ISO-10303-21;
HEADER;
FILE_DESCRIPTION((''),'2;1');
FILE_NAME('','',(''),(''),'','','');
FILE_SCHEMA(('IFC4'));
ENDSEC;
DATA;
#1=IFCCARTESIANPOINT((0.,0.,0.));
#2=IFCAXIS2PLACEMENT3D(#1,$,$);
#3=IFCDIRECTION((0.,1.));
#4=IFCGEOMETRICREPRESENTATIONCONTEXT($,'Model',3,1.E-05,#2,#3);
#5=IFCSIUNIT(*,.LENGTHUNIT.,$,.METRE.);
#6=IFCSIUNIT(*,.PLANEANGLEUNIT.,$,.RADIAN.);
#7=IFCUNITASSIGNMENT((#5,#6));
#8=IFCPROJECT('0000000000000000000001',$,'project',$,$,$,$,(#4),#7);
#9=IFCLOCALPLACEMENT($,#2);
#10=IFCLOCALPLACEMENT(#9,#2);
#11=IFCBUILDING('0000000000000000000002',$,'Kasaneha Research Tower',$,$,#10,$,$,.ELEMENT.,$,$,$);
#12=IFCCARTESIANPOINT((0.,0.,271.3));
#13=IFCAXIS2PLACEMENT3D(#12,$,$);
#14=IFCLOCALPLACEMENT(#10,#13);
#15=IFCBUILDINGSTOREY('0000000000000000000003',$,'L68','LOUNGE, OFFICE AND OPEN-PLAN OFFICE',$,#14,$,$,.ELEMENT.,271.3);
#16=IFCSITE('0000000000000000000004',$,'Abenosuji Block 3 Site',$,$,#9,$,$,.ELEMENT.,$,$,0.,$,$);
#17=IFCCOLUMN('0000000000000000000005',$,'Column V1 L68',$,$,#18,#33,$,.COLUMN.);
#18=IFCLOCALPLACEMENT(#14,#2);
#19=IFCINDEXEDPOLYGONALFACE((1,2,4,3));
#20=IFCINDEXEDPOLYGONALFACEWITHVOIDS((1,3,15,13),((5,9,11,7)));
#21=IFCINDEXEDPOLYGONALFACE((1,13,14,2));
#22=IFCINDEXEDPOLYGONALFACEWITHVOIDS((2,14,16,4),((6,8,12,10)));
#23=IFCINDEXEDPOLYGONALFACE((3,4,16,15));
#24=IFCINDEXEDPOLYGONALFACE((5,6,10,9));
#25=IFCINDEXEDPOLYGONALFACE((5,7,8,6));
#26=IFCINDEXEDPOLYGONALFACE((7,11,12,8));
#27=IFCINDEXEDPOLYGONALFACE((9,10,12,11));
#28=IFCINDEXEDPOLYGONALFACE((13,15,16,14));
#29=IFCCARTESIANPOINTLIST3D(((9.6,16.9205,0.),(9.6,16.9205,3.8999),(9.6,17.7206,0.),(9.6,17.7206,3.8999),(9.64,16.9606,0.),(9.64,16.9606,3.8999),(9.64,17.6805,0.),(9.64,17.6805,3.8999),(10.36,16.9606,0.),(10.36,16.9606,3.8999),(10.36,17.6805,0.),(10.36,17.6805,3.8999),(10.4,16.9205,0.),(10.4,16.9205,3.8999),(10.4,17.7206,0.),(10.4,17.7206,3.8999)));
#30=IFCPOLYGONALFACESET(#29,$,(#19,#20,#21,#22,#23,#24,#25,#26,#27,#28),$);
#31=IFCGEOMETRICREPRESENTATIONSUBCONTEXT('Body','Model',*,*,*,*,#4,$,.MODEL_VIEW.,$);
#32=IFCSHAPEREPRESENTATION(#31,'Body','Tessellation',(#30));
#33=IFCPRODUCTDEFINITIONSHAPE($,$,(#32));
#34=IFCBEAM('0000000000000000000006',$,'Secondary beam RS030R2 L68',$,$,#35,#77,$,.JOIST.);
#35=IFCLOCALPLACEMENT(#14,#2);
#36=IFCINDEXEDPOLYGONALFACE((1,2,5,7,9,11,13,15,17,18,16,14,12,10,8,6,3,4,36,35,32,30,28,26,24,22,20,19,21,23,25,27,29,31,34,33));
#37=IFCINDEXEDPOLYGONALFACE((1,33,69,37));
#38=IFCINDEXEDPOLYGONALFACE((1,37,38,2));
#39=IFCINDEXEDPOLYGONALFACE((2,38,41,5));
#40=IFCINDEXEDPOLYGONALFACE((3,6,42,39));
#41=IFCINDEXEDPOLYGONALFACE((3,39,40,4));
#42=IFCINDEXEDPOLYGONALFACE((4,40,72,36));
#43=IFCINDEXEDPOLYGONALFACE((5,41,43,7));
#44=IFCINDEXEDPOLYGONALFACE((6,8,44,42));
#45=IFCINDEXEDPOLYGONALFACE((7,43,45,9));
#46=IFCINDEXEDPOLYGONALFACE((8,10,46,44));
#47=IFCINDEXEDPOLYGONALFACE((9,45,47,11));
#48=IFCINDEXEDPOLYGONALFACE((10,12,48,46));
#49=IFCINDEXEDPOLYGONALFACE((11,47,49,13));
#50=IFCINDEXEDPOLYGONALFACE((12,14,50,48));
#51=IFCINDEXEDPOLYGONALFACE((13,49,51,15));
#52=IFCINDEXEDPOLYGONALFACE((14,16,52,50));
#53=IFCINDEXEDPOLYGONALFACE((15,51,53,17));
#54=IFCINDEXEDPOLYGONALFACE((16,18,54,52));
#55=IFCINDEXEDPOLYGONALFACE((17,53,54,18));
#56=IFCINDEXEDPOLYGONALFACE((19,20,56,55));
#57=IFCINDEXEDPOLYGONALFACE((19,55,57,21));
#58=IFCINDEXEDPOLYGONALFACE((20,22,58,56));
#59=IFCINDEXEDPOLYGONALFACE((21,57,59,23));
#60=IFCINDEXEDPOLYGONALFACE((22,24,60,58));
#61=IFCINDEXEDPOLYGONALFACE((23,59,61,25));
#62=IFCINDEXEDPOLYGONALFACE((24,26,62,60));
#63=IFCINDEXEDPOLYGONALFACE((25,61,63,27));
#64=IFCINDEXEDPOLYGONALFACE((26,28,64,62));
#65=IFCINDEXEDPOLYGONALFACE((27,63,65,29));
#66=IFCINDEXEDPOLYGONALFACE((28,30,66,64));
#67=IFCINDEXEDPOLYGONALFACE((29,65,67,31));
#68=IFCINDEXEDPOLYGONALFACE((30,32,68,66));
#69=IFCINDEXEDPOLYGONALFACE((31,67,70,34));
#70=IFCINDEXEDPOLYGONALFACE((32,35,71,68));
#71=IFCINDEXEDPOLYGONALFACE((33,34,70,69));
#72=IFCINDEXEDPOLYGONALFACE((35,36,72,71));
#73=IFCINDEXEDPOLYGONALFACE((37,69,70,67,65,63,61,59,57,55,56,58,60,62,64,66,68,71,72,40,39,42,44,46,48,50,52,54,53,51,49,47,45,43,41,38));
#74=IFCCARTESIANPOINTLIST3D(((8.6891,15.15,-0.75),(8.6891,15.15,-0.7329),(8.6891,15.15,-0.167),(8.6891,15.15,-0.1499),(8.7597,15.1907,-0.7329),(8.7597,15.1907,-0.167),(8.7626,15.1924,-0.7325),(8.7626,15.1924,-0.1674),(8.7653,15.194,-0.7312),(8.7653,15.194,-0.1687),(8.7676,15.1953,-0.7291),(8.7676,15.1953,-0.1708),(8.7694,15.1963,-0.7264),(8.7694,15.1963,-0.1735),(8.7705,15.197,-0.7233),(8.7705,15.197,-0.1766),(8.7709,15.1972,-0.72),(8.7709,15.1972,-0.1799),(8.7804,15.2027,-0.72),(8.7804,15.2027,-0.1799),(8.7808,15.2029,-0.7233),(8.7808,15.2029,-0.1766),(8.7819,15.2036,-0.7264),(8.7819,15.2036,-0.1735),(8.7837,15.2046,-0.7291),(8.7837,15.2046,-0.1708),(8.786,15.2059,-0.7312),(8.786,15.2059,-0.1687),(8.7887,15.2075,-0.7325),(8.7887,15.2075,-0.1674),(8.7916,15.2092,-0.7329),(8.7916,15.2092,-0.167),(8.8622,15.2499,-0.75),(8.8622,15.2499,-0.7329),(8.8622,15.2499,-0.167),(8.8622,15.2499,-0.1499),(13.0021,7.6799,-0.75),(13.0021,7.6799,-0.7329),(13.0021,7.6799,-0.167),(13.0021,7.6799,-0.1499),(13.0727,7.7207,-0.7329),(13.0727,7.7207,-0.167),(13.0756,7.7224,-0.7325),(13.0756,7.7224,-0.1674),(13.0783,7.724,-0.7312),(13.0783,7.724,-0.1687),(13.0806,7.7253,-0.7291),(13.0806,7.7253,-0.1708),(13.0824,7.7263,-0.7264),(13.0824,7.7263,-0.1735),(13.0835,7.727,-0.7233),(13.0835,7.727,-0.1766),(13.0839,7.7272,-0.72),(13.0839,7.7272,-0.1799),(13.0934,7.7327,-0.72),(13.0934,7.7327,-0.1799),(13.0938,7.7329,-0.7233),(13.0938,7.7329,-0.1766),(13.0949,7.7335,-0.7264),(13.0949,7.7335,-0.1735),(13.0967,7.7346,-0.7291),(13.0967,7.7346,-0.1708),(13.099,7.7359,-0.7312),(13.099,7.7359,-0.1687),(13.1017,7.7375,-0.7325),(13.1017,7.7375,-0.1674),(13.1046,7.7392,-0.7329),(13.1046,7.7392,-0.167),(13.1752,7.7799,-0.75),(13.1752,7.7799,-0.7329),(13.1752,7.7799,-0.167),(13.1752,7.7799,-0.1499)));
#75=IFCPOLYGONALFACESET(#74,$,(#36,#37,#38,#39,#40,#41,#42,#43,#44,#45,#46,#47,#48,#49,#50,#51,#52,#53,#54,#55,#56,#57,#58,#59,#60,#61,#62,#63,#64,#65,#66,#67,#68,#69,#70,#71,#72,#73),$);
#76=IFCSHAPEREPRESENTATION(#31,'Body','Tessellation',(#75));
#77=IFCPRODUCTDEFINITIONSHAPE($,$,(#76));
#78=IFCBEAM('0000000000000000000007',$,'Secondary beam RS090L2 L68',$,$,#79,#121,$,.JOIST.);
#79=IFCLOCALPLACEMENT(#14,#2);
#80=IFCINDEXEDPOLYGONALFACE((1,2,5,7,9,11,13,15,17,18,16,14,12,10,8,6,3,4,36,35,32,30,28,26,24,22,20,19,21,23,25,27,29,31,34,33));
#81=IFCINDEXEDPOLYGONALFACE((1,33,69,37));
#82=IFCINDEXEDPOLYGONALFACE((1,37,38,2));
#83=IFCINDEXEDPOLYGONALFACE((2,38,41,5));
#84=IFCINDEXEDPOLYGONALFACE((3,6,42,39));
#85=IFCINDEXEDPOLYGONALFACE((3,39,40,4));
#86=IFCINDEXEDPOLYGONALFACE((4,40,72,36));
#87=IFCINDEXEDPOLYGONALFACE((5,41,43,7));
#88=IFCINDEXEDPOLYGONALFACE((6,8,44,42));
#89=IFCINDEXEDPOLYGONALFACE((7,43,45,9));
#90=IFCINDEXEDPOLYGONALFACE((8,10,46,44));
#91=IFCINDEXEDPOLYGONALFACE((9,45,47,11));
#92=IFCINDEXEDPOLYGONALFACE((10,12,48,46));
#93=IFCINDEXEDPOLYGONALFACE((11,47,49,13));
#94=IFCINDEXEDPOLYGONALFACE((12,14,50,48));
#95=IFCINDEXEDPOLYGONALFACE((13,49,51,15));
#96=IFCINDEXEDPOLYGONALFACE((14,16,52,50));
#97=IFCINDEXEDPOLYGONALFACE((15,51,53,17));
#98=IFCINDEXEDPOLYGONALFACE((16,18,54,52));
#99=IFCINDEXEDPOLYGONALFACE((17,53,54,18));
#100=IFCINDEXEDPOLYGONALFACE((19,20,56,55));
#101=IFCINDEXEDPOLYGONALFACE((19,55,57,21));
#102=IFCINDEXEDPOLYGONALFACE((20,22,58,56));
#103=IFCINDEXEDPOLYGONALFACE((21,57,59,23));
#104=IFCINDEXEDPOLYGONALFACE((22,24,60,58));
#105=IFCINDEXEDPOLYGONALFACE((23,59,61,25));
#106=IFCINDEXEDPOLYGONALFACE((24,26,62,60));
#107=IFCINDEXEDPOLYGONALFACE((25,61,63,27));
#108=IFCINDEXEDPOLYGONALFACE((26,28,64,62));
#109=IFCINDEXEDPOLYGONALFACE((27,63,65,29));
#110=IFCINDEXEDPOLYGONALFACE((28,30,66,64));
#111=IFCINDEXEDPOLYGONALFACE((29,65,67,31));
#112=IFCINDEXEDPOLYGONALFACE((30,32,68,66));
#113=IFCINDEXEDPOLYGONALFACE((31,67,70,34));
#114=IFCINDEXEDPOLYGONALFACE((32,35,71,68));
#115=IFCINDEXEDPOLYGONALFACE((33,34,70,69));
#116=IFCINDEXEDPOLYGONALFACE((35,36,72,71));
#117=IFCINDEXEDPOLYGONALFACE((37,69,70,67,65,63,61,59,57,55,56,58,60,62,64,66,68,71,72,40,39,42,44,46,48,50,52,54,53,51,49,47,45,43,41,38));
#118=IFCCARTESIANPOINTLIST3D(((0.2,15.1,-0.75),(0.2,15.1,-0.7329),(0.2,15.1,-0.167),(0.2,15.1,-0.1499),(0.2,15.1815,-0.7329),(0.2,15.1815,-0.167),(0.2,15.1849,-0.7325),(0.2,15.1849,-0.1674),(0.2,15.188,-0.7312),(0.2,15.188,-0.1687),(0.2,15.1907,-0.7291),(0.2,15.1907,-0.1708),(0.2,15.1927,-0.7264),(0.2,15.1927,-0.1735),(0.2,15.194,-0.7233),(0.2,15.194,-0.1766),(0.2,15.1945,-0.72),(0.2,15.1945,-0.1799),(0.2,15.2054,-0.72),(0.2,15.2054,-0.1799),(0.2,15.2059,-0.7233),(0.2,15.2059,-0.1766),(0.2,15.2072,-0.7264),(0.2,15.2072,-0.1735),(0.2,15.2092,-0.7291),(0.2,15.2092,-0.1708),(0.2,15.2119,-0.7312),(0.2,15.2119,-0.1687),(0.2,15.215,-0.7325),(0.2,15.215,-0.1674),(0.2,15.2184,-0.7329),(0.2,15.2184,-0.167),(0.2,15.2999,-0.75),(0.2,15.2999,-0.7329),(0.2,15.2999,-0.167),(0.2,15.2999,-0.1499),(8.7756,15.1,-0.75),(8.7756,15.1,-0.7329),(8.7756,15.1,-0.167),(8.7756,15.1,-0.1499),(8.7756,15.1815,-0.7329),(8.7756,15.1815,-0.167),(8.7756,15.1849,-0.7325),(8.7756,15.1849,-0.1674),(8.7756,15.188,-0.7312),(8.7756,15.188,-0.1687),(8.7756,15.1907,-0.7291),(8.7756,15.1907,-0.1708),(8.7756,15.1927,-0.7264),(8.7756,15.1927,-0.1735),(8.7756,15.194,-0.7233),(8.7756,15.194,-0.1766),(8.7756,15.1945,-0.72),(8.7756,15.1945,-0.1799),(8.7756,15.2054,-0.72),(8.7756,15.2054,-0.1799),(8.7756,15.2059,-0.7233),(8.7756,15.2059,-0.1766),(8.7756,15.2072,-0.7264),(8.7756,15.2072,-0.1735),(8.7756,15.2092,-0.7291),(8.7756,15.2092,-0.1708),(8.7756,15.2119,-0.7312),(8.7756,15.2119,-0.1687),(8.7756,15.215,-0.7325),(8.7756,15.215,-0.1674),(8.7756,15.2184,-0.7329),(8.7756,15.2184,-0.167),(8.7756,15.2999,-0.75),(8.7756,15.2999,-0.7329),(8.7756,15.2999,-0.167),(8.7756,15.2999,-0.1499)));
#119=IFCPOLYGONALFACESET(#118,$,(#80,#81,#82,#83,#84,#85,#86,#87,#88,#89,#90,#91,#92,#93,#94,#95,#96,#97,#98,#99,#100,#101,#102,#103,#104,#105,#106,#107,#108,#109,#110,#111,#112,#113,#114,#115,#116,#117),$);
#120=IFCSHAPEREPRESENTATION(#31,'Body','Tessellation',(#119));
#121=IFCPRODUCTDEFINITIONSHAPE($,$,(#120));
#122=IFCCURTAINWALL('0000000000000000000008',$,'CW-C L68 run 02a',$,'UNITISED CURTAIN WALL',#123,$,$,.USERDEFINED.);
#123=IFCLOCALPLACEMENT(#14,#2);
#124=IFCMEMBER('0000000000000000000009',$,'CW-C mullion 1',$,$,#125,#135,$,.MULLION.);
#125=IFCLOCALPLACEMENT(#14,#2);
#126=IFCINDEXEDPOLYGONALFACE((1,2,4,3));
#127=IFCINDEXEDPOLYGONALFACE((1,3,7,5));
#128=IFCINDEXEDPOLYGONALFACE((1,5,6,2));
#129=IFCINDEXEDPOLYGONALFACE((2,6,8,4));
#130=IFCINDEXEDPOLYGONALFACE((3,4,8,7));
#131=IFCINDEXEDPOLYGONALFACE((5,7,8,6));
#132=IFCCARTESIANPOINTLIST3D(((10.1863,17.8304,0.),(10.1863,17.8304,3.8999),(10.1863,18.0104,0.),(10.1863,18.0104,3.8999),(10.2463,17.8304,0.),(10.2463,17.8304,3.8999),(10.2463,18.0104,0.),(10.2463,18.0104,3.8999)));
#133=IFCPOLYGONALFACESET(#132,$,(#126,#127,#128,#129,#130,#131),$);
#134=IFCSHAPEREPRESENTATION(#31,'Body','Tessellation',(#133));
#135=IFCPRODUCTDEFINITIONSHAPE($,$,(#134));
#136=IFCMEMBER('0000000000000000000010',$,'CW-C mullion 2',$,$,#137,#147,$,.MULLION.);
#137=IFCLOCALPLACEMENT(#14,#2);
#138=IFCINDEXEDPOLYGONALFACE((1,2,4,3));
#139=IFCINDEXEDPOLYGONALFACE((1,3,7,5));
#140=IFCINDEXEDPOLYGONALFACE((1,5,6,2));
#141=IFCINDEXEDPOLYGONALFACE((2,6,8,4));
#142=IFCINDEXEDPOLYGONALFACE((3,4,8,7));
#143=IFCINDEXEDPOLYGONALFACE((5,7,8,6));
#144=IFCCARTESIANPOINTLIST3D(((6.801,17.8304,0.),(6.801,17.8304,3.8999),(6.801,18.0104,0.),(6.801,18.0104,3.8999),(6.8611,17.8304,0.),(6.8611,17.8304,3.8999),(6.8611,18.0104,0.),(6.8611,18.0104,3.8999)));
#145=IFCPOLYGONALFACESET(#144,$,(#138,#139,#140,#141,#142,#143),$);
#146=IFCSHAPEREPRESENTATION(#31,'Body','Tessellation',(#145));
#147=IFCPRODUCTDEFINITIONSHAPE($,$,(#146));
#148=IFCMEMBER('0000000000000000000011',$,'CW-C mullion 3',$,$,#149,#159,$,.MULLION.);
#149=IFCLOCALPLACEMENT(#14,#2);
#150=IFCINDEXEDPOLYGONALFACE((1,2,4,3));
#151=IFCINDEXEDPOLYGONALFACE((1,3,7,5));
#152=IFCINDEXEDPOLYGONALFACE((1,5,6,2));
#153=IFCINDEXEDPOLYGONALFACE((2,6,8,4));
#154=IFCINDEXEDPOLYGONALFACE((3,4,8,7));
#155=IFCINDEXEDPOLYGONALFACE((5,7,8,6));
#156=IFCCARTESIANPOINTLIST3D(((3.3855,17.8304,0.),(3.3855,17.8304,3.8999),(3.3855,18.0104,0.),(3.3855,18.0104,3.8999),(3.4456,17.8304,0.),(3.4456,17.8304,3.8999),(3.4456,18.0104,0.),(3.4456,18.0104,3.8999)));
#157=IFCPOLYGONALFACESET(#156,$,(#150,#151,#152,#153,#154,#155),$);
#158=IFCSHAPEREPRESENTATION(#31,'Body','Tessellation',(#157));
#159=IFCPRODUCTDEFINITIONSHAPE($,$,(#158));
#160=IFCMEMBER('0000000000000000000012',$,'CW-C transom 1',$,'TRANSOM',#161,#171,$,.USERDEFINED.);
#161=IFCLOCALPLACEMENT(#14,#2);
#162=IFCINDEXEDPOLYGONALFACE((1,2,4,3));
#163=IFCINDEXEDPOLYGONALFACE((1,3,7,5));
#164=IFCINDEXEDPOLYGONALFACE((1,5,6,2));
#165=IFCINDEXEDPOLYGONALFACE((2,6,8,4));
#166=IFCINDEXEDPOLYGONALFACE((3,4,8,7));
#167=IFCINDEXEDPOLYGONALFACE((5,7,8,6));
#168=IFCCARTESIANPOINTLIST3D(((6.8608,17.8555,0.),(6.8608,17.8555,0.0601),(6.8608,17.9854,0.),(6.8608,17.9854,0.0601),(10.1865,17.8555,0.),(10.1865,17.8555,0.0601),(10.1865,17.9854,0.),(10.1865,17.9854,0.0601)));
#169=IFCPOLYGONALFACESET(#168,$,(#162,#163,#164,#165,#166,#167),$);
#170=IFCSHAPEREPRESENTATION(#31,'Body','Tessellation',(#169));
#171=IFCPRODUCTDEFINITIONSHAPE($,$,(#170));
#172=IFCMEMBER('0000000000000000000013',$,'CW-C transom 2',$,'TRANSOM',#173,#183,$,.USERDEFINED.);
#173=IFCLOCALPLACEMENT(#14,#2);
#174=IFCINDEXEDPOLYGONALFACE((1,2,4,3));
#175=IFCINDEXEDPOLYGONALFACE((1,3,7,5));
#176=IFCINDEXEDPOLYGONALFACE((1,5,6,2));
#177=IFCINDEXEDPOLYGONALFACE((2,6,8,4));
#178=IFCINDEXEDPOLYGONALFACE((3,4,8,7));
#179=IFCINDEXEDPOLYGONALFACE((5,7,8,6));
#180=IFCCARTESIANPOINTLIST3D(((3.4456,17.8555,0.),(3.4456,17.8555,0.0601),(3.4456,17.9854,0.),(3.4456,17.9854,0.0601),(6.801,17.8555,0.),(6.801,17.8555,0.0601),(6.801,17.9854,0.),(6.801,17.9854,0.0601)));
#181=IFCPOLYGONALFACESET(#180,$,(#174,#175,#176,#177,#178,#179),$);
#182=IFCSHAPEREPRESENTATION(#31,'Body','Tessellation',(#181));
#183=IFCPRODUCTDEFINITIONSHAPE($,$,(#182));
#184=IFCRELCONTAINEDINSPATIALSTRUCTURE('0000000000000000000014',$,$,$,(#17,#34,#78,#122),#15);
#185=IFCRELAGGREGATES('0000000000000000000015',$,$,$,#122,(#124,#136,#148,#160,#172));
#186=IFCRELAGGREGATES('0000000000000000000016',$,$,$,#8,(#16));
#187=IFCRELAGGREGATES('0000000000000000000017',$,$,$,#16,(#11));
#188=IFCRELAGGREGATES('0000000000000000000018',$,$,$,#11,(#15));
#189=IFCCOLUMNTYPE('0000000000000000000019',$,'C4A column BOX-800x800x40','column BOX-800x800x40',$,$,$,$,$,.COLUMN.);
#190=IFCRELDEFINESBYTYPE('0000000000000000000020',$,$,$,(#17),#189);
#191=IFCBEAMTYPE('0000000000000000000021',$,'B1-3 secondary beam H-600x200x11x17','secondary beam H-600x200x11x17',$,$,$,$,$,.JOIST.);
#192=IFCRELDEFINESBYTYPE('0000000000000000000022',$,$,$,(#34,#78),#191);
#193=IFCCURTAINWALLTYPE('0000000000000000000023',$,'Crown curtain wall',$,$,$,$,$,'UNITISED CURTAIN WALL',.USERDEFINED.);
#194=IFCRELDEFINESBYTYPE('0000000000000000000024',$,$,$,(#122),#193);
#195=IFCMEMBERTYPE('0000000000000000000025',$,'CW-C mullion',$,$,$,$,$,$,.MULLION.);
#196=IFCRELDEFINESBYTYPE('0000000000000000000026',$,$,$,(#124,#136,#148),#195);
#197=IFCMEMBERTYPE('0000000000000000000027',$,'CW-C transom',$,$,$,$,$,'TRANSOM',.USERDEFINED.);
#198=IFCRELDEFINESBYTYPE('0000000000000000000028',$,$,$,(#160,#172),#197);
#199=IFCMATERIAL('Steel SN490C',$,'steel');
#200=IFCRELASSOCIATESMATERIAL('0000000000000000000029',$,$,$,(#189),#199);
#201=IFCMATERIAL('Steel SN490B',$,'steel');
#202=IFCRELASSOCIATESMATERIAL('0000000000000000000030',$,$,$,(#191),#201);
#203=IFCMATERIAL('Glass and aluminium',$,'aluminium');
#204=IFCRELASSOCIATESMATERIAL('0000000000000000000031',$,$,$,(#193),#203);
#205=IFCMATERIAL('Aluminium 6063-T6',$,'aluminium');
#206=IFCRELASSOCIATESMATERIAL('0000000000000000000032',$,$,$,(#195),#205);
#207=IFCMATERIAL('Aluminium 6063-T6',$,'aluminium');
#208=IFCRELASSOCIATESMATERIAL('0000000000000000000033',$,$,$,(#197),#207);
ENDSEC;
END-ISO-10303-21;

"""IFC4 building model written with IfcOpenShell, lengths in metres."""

from ifc_helpers import new_model, si_unit, direction, frame, origin, origin_2d, place, context, subcontext, project, spatial, rectangle, hollow_rectangle, i_section, extrude, material, material_profile, profile_set, type_object, element, aggregate, save


model = new_model("IFC4")

# Units and contexts
model_context = context("Model", 3, precision=1e-05, world=origin(), true_north=direction((0.0, 1.0)))
body_context = subcontext(model_context, "Body", "Model", "MODEL_VIEW")
ifc_project = project(units=[si_unit("LENGTHUNIT", "METRE"), si_unit("PLANEANGLEUNIT", "RADIAN")], contexts=[model_context])

# Site, building, storey
site_placement = place(None, origin())
site = spatial("IfcSite", under=ifc_project, at=site_placement, Name="Abenosuji Block 3 Site", CompositionType="ELEMENT", RefElevation=0.0)
building_placement = place(site_placement, origin())
building = spatial("IfcBuilding", under=site, at=building_placement, Name="Kasaneha Research Tower", CompositionType="ELEMENT")
storey_placement = place(building_placement, frame((0.0, 0.0, 271.3)))
storey = spatial("IfcBuildingStorey", under=building, at=storey_placement, Name="L68", Description="LOUNGE, OFFICE AND OPEN-PLAN OFFICE", CompositionType="ELEMENT", Elevation=271.3)

# Column
ifc_material_1 = material(Name="Steel SN490C", Category="steel")
ifc_material_profile_1 = material_profile(ifc_material_1, hollow_rectangle(XDim=0.8, YDim=0.8, WallThickness=0.04, at=origin_2d()), Name="BOX-800x800x40")
ifc_profile_set_1 = profile_set([ifc_material_profile_1], Name="Steel SN490C")
column_type = type_object("IfcColumnType", Name="C4A column BOX-800x800x40", Description="column BOX-800x800x40", PredefinedType="COLUMN", material=ifc_profile_set_1)
column_placement = place(storey_placement, frame((10.0, 17.3206, 0.0), z_axis=(0.0, 0.0, 1.0), x_axis=(1.0, 0.0, 0.0)))
element("IfcColumn", 1, at=column_placement, inside=storey, type_object=column_type, Name="Column V1 L68", PredefinedType="COLUMN", context=body_context, shape_type="SweptSolid", body=[
    extrude(hollow_rectangle(XDim=0.8, YDim=0.8, WallThickness=0.04, at=origin_2d()), origin(), (0.0, 0.0, 1.0), 3.8999),
])

# Beams
ifc_material_2 = material(Name="Steel SN490B", Category="steel")
ifc_material_profile_2 = material_profile(ifc_material_2, i_section(OverallWidth=0.2, OverallDepth=0.6001, WebThickness=0.011, FlangeThickness=0.0171, FilletRadius=0.0129, at=origin_2d()), Name="H-600x200x11x17")
ifc_profile_set_2 = profile_set([ifc_material_profile_2], Name="Steel SN490B")
beam_type_1 = type_object("IfcBeamType", Name="B1-3 secondary beam H-600x200x11x17", Description="secondary beam H-600x200x11x17", PredefinedType="JOIST", material=ifc_profile_set_2)
beam_1_placement = place(storey_placement, frame((8.7756, 15.2, -0.45), z_axis=(0.500017, -0.866015, 0.0), x_axis=(0.866015, 0.500017, 0.0)))
element("IfcBeam", 2, at=beam_1_placement, inside=storey, type_object=beam_type_1, Name="Secondary beam RS030R2 L68", PredefinedType="JOIST", context=body_context, shape_type="SweptSolid", body=[
    extrude(i_section(OverallWidth=0.2, OverallDepth=0.6001, WebThickness=0.011, FlangeThickness=0.0171, FilletRadius=0.0129, at=origin_2d()), origin(), (0.0, 0.0, 1.0), 8.6257),
])
beam_2_placement = place(storey_placement, frame((8.7756, 15.2, -0.45), z_axis=(-1.0, 0.0, 0.0), x_axis=(0.0, -1.0, 0.0)))
element("IfcBeam", 3, at=beam_2_placement, inside=storey, type_object=beam_type_1, Name="Secondary beam RS090L2 L68", PredefinedType="JOIST", context=body_context, shape_type="SweptSolid", body=[
    extrude(i_section(OverallWidth=0.2, OverallDepth=0.6001, WebThickness=0.011, FlangeThickness=0.0171, FilletRadius=0.0129, at=origin_2d()), origin(), (0.0, 0.0, 1.0), 8.5757),
])

# Curtain wall, members
ifc_material_3 = material(Name="Glass and aluminium", Category="aluminium")
curtain_wall_type = type_object("IfcCurtainWallType", Name="Crown curtain wall", ElementType="UNITISED CURTAIN WALL", PredefinedType="USERDEFINED", material=ifc_material_3)
curtain_wall_placement = place(storey_placement, origin())
curtain_wall = element("IfcCurtainWall", 4, at=curtain_wall_placement, inside=storey, type_object=curtain_wall_type, Name="CW-C L68 run 02a", ObjectType="UNITISED CURTAIN WALL", PredefinedType="USERDEFINED")
ifc_material_4 = material(Name="Aluminium 6063-T6", Category="aluminium")
ifc_material_profile_3 = material_profile(ifc_material_4, rectangle(XDim=0.0601, YDim=0.1799, at=origin_2d()), Name="CW-C mullion 60x180")
ifc_profile_set_3 = profile_set([ifc_material_profile_3], Name="Aluminium 6063-T6")
member_type_1 = type_object("IfcMemberType", Name="CW-C mullion", PredefinedType="MULLION", material=ifc_profile_set_3)
member_1_placement = place(storey_placement, frame((10.2163, 17.9204, 0.0), z_axis=(0.0, 0.0, 1.0), x_axis=(-1.0, 0.0, 0.0)))
member_1 = element("IfcMember", 5, at=member_1_placement, type_object=member_type_1, Name="CW-C mullion 1", PredefinedType="MULLION", context=body_context, shape_type="SweptSolid", body=[
    extrude(rectangle(XDim=0.0601, YDim=0.1799, at=origin_2d()), origin(), (0.0, 0.0, 1.0), 3.8999),
])
member_2_placement = place(storey_placement, frame((6.8311, 17.9204, 0.0), z_axis=(0.0, 0.0, 1.0), x_axis=(-1.0, 0.0, 0.0)))
member_2 = element("IfcMember", 6, at=member_2_placement, type_object=member_type_1, Name="CW-C mullion 2", PredefinedType="MULLION", context=body_context, shape_type="SweptSolid", body=[
    extrude(rectangle(XDim=0.0601, YDim=0.1799, at=origin_2d()), origin(), (0.0, 0.0, 1.0), 3.8999),
])
member_3_placement = place(storey_placement, frame((3.4155, 17.9204, 0.0), z_axis=(0.0, 0.0, 1.0), x_axis=(-1.0, 0.0, 0.0)))
member_3 = element("IfcMember", 7, at=member_3_placement, type_object=member_type_1, Name="CW-C mullion 3", PredefinedType="MULLION", context=body_context, shape_type="SweptSolid", body=[
    extrude(rectangle(XDim=0.0601, YDim=0.1799, at=origin_2d()), origin(), (0.0, 0.0, 1.0), 3.8999),
])
ifc_material_5 = material(Name="Aluminium 6063-T6", Category="aluminium")
ifc_material_profile_4 = material_profile(ifc_material_5, rectangle(XDim=0.1299, YDim=0.0601, at=origin_2d()), Name="CW-C transom 130x60")
ifc_profile_set_4 = profile_set([ifc_material_profile_4], Name="Aluminium 6063-T6")
member_type_2 = type_object("IfcMemberType", Name="CW-C transom", ElementType="TRANSOM", PredefinedType="USERDEFINED", material=ifc_profile_set_4)
member_4_placement = place(storey_placement, frame((10.1865, 17.9204, 0.03), z_axis=(-1.0, 0.0, 0.0), x_axis=(0.0, -1.0, 0.0)))
member_4 = element("IfcMember", 8, at=member_4_placement, type_object=member_type_2, Name="CW-C transom 1", ObjectType="TRANSOM", PredefinedType="USERDEFINED", context=body_context, shape_type="SweptSolid", body=[
    extrude(rectangle(XDim=0.1299, YDim=0.0601, at=origin_2d()), origin(), (0.0, 0.0, 1.0), 3.3257),
])
member_5_placement = place(storey_placement, frame((6.801, 17.9204, 0.03), z_axis=(-1.0, 0.0, 0.0), x_axis=(0.0, -1.0, 0.0)))
member_5 = element("IfcMember", 9, at=member_5_placement, type_object=member_type_2, Name="CW-C transom 2", ObjectType="TRANSOM", PredefinedType="USERDEFINED", context=body_context, shape_type="SweptSolid", body=[
    extrude(rectangle(XDim=0.1299, YDim=0.0601, at=origin_2d()), origin(), (0.0, 0.0, 1.0), 3.3555),
])

aggregate(curtain_wall, [member_1, member_2, member_3, member_4, member_5])

save(model, "model.ifc")
